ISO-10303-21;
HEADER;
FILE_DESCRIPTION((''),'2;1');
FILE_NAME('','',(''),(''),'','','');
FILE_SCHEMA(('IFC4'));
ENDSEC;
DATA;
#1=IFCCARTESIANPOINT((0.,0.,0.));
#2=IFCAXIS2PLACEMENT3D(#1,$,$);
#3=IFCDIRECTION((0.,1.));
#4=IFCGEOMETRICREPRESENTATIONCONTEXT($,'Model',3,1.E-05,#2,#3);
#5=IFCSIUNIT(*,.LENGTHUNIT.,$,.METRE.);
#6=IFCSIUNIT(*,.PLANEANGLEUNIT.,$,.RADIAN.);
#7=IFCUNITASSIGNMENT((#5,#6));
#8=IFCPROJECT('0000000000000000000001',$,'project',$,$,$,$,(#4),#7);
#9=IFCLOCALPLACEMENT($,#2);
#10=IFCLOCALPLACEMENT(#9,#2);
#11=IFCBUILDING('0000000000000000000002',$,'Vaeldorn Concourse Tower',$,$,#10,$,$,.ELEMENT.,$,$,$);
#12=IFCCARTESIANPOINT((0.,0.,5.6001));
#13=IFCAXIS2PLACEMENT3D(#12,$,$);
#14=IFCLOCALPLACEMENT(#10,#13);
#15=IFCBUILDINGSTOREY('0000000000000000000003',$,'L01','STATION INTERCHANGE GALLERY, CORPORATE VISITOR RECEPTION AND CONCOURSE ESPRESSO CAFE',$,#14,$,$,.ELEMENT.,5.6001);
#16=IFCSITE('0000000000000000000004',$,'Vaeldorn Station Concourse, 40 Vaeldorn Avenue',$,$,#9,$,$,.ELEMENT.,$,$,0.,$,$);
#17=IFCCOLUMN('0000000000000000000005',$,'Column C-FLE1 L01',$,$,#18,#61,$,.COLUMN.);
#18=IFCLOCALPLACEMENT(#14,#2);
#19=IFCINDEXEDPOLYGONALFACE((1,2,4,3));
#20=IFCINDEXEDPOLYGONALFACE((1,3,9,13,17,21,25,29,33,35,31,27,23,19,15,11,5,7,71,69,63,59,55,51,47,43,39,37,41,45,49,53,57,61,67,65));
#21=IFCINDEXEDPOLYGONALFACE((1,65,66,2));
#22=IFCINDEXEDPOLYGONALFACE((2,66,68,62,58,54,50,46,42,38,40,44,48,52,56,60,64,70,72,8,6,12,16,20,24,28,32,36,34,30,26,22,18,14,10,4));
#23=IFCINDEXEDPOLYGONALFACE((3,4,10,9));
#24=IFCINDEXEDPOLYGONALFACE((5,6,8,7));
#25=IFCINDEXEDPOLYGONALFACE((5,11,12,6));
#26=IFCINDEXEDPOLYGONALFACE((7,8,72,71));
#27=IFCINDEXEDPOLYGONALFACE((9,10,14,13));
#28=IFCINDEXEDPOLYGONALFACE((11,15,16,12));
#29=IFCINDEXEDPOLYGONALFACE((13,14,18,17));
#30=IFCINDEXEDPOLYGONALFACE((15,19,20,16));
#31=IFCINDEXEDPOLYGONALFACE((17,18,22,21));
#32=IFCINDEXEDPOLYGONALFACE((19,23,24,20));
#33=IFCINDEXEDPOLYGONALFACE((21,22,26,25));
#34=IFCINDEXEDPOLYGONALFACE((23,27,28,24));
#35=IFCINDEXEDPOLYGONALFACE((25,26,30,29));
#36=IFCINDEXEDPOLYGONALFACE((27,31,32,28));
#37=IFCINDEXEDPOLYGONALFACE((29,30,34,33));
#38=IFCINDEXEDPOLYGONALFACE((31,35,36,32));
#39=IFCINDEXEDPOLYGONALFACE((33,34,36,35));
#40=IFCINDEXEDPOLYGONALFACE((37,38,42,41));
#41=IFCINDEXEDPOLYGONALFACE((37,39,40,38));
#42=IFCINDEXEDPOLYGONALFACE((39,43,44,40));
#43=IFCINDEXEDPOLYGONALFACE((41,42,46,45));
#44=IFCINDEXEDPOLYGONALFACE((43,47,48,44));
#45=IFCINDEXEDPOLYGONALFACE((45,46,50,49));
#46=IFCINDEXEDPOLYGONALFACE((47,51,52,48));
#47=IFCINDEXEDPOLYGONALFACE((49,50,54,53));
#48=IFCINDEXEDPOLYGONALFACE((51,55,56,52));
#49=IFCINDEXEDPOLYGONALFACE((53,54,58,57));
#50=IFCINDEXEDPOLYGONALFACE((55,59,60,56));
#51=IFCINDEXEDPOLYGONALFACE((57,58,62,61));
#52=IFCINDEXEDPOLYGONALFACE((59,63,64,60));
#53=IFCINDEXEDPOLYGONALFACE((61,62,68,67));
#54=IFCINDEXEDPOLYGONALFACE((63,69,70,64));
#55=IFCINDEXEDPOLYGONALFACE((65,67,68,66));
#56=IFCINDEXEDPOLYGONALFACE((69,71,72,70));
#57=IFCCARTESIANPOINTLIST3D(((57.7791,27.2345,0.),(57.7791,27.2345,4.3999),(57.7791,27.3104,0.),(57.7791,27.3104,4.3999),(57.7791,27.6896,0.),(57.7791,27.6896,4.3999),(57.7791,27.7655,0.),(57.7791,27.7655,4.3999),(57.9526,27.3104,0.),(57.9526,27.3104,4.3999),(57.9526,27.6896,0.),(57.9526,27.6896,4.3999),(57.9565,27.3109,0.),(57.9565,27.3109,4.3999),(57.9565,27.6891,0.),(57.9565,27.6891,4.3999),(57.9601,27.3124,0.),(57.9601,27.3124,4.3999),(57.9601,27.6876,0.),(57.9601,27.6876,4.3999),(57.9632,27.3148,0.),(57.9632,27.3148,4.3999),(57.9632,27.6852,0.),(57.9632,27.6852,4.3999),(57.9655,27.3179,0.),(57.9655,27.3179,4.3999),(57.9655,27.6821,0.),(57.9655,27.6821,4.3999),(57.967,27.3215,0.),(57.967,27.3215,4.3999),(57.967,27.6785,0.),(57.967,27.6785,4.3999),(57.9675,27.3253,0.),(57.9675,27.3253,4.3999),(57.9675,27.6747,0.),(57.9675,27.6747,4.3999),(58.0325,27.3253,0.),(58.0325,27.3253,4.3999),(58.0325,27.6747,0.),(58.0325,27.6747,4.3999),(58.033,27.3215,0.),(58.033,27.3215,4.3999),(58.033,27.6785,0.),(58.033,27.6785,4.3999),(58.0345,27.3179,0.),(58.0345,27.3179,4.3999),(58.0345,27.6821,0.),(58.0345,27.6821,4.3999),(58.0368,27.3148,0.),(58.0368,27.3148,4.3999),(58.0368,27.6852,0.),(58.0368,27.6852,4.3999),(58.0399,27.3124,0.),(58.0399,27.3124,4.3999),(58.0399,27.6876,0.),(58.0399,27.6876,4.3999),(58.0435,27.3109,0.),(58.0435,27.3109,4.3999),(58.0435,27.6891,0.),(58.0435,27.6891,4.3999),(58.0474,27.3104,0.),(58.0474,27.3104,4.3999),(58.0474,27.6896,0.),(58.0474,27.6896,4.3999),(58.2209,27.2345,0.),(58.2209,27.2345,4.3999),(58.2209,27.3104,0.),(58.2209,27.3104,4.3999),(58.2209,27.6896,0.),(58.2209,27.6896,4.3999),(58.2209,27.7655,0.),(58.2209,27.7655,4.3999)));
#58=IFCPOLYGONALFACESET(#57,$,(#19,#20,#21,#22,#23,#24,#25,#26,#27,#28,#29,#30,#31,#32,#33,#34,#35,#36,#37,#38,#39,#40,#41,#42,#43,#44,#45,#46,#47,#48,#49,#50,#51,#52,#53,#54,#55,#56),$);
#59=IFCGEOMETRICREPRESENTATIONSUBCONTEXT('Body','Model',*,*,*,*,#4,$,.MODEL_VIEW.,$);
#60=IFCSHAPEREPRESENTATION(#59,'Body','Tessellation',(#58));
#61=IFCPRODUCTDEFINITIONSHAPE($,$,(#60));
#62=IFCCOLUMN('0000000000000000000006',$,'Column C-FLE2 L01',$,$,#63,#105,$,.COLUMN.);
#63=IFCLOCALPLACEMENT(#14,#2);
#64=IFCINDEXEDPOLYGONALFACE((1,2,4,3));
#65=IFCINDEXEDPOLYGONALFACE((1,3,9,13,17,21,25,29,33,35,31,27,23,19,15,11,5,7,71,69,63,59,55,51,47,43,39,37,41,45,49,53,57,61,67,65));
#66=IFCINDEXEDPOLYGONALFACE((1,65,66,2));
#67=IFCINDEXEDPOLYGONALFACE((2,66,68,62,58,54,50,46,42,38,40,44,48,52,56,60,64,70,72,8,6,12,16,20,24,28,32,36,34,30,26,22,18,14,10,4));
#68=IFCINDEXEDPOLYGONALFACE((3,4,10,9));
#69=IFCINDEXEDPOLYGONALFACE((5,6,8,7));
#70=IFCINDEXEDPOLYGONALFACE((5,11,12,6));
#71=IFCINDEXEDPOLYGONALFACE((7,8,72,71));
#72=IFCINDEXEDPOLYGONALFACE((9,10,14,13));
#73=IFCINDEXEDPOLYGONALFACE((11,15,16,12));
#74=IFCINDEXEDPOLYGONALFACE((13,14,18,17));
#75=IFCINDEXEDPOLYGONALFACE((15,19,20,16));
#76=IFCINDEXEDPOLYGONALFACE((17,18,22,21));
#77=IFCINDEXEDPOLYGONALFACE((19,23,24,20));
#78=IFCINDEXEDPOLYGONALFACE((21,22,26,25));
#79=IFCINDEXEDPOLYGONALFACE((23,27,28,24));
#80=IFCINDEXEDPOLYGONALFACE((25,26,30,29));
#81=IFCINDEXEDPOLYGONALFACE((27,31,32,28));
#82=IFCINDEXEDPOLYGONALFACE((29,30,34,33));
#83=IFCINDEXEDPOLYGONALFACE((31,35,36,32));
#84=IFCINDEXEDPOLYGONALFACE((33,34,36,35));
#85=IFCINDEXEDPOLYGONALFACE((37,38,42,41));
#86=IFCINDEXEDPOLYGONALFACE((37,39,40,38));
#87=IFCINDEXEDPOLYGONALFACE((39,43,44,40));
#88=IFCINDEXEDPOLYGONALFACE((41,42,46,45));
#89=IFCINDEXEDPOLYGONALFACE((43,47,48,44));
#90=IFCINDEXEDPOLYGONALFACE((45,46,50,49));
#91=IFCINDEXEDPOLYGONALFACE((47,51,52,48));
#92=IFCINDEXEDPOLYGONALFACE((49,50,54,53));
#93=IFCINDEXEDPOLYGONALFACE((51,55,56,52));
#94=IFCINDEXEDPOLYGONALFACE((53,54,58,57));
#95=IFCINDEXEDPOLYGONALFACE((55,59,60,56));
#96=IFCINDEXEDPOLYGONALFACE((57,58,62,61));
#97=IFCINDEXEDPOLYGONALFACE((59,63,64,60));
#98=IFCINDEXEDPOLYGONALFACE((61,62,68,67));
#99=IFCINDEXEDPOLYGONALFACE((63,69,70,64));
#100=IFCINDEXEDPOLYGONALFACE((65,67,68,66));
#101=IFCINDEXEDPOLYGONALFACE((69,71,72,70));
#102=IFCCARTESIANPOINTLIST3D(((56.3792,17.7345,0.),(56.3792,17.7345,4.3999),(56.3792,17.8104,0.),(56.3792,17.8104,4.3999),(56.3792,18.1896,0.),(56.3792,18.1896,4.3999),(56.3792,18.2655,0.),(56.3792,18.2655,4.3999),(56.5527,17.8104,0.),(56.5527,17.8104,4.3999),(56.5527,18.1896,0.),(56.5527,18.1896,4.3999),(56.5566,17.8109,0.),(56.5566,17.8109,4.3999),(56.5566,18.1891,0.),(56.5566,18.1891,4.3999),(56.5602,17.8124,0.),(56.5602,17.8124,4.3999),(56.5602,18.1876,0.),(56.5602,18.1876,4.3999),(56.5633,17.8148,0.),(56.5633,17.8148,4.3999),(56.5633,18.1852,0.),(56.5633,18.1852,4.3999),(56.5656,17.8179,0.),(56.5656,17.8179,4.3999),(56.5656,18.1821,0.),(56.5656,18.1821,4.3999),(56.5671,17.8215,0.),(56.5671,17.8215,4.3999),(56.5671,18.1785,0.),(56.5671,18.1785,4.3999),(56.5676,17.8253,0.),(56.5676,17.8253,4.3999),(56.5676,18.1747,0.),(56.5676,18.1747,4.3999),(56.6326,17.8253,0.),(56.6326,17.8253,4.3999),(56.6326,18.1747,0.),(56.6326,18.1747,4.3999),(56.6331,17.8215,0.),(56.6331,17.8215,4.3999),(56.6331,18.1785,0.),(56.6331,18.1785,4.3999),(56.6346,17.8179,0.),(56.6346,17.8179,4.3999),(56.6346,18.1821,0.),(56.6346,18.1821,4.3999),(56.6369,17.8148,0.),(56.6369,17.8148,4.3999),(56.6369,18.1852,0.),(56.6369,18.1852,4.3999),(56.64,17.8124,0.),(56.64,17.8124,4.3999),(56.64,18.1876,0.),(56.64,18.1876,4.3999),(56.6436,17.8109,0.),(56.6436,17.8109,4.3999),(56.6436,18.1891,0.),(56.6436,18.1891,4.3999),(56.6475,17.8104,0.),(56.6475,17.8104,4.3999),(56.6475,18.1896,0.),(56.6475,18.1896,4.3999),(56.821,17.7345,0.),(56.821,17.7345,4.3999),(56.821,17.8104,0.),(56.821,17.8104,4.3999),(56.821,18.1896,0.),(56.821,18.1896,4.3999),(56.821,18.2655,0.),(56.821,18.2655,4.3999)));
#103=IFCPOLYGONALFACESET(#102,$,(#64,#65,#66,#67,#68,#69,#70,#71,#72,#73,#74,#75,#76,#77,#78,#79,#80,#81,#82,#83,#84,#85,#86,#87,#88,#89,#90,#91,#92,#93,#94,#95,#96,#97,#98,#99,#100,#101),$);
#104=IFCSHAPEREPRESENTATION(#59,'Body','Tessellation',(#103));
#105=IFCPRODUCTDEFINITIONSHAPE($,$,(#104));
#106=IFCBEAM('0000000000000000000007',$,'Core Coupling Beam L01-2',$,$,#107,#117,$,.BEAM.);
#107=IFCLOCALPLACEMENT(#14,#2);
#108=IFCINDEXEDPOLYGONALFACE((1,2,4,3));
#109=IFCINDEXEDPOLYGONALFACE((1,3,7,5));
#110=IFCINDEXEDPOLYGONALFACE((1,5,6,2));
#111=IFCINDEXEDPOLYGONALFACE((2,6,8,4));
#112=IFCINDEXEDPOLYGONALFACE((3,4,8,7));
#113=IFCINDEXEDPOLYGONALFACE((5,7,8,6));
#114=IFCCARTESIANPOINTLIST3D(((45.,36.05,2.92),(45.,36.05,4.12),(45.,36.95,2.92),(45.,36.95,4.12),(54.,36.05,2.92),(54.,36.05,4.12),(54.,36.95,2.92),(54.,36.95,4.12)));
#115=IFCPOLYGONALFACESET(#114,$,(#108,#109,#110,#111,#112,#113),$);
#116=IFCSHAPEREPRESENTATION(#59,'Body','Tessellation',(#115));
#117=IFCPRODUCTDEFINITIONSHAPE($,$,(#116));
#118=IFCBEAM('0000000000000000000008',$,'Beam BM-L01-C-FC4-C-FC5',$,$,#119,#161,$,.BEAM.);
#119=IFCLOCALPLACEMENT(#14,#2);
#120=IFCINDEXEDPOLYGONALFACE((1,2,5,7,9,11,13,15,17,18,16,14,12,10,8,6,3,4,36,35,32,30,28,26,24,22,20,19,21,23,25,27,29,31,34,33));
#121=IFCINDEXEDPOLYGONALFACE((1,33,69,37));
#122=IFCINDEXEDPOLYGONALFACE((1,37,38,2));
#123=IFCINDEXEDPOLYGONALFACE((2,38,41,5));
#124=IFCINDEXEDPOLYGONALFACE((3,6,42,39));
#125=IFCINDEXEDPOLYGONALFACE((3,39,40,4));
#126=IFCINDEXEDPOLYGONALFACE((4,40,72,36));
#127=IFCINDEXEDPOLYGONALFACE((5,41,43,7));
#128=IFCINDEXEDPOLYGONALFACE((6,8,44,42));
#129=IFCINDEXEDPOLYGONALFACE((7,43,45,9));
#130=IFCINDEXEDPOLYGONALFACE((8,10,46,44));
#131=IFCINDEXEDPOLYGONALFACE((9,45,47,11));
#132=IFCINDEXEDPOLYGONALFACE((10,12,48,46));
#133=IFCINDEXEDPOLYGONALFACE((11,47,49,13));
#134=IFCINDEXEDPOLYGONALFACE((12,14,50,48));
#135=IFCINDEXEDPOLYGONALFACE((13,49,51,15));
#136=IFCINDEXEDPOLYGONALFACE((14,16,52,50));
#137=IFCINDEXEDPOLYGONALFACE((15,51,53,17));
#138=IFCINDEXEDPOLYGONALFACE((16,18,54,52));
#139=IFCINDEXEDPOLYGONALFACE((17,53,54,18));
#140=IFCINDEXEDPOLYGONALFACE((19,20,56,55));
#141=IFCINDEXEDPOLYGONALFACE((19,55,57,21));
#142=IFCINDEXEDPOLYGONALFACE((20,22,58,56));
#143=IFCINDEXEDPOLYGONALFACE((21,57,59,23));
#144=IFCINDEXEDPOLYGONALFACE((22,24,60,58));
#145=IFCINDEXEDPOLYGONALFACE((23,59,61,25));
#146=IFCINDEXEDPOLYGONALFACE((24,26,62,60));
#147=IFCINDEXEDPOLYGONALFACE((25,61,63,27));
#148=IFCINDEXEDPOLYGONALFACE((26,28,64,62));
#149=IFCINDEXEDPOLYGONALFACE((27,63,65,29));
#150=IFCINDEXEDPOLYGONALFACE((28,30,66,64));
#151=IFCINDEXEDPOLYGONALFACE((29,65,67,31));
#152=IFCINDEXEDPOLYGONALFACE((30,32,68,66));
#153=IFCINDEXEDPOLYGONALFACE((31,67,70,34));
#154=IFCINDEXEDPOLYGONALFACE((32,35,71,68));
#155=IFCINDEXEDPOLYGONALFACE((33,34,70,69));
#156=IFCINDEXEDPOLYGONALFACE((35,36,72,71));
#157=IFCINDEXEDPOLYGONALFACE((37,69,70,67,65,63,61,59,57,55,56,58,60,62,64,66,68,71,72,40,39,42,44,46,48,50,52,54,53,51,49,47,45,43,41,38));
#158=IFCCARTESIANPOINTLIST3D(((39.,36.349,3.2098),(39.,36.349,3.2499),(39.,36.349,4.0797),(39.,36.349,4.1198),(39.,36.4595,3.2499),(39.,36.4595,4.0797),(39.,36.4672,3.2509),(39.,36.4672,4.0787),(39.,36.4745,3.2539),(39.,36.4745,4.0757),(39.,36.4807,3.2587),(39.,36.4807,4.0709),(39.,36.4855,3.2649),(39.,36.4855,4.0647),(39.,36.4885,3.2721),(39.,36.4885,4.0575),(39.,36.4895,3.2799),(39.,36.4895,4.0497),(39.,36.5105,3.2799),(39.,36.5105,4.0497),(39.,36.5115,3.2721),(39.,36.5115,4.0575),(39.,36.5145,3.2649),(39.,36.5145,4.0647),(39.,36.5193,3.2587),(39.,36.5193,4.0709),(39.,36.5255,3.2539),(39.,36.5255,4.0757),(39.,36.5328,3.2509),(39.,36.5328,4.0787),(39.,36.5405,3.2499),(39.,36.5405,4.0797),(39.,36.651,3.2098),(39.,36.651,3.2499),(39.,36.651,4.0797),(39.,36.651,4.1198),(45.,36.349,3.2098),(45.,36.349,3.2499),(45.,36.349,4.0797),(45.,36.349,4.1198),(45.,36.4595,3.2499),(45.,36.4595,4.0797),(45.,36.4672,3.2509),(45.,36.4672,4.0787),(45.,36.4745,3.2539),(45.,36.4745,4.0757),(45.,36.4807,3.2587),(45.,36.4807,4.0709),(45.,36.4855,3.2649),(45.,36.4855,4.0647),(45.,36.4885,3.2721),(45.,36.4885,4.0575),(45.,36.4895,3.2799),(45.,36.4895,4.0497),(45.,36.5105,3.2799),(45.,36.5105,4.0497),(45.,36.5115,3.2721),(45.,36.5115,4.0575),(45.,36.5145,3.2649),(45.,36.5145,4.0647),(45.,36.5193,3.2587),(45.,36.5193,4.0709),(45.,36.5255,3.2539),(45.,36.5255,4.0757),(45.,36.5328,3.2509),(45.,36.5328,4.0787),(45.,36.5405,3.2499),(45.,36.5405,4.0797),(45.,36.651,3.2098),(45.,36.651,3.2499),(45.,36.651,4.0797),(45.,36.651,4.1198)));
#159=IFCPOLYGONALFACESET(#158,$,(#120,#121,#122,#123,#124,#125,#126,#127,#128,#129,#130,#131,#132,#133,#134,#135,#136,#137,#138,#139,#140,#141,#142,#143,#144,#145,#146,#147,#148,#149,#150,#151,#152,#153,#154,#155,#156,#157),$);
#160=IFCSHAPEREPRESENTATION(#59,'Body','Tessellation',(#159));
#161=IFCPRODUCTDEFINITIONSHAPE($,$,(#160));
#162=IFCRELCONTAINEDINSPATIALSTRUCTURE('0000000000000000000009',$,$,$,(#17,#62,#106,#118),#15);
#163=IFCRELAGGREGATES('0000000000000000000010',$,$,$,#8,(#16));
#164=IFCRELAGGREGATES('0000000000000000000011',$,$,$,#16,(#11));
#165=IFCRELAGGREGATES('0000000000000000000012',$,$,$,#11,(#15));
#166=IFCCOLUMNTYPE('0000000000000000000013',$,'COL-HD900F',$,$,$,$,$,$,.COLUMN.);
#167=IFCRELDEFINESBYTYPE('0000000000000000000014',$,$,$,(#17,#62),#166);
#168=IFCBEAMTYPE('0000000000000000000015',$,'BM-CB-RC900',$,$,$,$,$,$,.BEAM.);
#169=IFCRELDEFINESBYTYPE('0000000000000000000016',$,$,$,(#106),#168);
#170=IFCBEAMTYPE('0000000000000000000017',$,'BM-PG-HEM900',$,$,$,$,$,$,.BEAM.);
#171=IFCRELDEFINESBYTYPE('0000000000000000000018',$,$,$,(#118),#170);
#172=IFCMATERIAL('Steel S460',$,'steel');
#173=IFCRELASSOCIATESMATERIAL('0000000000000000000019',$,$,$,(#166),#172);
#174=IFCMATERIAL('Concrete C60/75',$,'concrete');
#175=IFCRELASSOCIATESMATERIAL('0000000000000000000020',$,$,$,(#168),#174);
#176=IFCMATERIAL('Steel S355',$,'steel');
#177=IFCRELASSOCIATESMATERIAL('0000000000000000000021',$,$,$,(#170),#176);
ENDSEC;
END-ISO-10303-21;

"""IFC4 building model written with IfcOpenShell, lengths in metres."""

from ifc_helpers import new_model, si_unit, direction, frame, origin, origin_2d, place, context, subcontext, project, spatial, rectangle, i_section, extrude, source, transform, mapped, material, material_profile, profile_set, type_object, element, save


model = new_model("IFC4")

# Units and contexts
model_context = context("Model", 3, precision=1e-05, world=origin(), true_north=direction((0.0, 1.0)))
body_context = subcontext(model_context, "Body", "Model", "MODEL_VIEW")
ifc_project = project(units=[si_unit("LENGTHUNIT", "METRE"), si_unit("PLANEANGLEUNIT", "RADIAN")], contexts=[model_context])

# Site, building, storey
site_placement = place(None, origin())
site = spatial("IfcSite", under=ifc_project, at=site_placement, Name="Vaeldorn Station Concourse, 40 Vaeldorn Avenue", CompositionType="ELEMENT", RefElevation=0.0)
building_placement = place(site_placement, origin())
building = spatial("IfcBuilding", under=site, at=building_placement, Name="Vaeldorn Concourse Tower", CompositionType="ELEMENT")
storey_placement = place(building_placement, frame((0.0, 0.0, 5.6001)))
storey = spatial("IfcBuildingStorey", under=building, at=storey_placement, Name="L01", Description="STATION INTERCHANGE GALLERY, CORPORATE VISITOR RECEPTION AND CONCOURSE ESPRESSO CAFE", CompositionType="ELEMENT", Elevation=5.6001)

# Columns
ifc_material_1 = material(Name="Concrete C60/75", Category="concrete")
ifc_material_2 = material(Name="Steel S460", Category="steel")
ifc_material_profile_1 = material_profile(ifc_material_2, i_section(OverallWidth=0.4419, OverallDepth=0.531, WebThickness=0.0649, FlangeThickness=0.0759, FilletRadius=0.0149, at=origin_2d()), Name="HD 400x900")
ifc_profile_set_1 = profile_set([ifc_material_profile_1], Name="Steel S460")
column_type_1 = type_object("IfcColumnType", Name="COL-HD900F", PredefinedType="COLUMN", material=ifc_profile_set_1)
shared_shape_1 = source(origin(), body_context, "Body", "SweptSolid", [
    extrude(i_section(OverallWidth=0.4419, OverallDepth=0.531, WebThickness=0.0649, FlangeThickness=0.0759, FilletRadius=0.0149, at=origin_2d()), origin(), (0.0, 0.0, 1.0), 4.3999),
])
for number, where, z_axis, x_axis, name in (
    (1, (58.0, 27.5, 0.0), (0.0, 0.0, 1.0), (1.0, 0.0, 0.0), "Column C-FLE1 L01"),
    (2, (56.6001, 18.0, 0.0), (0.0, 0.0, 1.0), (1.0, 0.0, 0.0), "Column C-FLE2 L01"),
):
    element("IfcColumn", number, at=place(storey_placement, frame(where, z_axis=z_axis, x_axis=x_axis)), inside=storey, type_object=column_type_1, Name=name, PredefinedType="COLUMN", context=body_context, shape_type="MappedRepresentation", body=[
        mapped(shared_shape_1, transform((0.0, 0.0, 0.0), scale=1.0)),
    ])

# Beams
ifc_material_profile_2 = material_profile(ifc_material_1, rectangle(XDim=0.8999, YDim=1.2, at=origin_2d()), Name="RC 900x1200")
ifc_profile_set_2 = profile_set([ifc_material_profile_2], Name="Concrete C60/75")
beam_type_1 = type_object("IfcBeamType", Name="BM-CB-RC900", PredefinedType="BEAM", material=ifc_profile_set_2)
shared_shape_2 = source(origin(), body_context, "Body", "SweptSolid", [
    extrude(rectangle(XDim=0.8999, YDim=1.2, at=origin_2d()), origin(), (0.0, 0.0, 1.0), 9.0),
])
beam_1_placement = place(storey_placement, frame((45.0, 36.5, 3.52), z_axis=(1.0, 0.0, 0.0), x_axis=(0.0, 1.0, 0.0)))
element("IfcBeam", 3, at=beam_1_placement, inside=storey, type_object=beam_type_1, Name="Core Coupling Beam L01-2", PredefinedType="BEAM", context=body_context, shape_type="MappedRepresentation", body=[
    mapped(shared_shape_2, transform((0.0, 0.0, 0.0), scale=1.0)),
])
ifc_material_3 = material(Name="Steel S355", Category="steel")
ifc_material_profile_3 = material_profile(ifc_material_3, i_section(OverallWidth=0.302, OverallDepth=0.9099, WebThickness=0.021, FlangeThickness=0.04, FilletRadius=0.03, at=origin_2d()), Name="HEM 900")
ifc_profile_set_3 = profile_set([ifc_material_profile_3], Name="Steel S355")
beam_type_2 = type_object("IfcBeamType", Name="BM-PG-HEM900", PredefinedType="BEAM", material=ifc_profile_set_3)
shared_shape_3 = source(origin(), body_context, "Body", "SweptSolid", [
    extrude(i_section(OverallWidth=0.302, OverallDepth=0.9099, WebThickness=0.021, FlangeThickness=0.04, FilletRadius=0.03, at=origin_2d()), origin(), (0.0, 0.0, 1.0), 6.0),
])
beam_2_placement = place(storey_placement, frame((39.0, 36.5, 3.6648), z_axis=(1.0, 0.0, 0.0), x_axis=(0.0, 1.0, 0.0)))
element("IfcBeam", 4, at=beam_2_placement, inside=storey, type_object=beam_type_2, Name="Beam BM-L01-C-FC4-C-FC5", PredefinedType="BEAM", context=body_context, shape_type="MappedRepresentation", body=[
    mapped(shared_shape_3, transform((0.0, 0.0, 0.0), scale=1.0)),
])

save(model, "model.ifc")
